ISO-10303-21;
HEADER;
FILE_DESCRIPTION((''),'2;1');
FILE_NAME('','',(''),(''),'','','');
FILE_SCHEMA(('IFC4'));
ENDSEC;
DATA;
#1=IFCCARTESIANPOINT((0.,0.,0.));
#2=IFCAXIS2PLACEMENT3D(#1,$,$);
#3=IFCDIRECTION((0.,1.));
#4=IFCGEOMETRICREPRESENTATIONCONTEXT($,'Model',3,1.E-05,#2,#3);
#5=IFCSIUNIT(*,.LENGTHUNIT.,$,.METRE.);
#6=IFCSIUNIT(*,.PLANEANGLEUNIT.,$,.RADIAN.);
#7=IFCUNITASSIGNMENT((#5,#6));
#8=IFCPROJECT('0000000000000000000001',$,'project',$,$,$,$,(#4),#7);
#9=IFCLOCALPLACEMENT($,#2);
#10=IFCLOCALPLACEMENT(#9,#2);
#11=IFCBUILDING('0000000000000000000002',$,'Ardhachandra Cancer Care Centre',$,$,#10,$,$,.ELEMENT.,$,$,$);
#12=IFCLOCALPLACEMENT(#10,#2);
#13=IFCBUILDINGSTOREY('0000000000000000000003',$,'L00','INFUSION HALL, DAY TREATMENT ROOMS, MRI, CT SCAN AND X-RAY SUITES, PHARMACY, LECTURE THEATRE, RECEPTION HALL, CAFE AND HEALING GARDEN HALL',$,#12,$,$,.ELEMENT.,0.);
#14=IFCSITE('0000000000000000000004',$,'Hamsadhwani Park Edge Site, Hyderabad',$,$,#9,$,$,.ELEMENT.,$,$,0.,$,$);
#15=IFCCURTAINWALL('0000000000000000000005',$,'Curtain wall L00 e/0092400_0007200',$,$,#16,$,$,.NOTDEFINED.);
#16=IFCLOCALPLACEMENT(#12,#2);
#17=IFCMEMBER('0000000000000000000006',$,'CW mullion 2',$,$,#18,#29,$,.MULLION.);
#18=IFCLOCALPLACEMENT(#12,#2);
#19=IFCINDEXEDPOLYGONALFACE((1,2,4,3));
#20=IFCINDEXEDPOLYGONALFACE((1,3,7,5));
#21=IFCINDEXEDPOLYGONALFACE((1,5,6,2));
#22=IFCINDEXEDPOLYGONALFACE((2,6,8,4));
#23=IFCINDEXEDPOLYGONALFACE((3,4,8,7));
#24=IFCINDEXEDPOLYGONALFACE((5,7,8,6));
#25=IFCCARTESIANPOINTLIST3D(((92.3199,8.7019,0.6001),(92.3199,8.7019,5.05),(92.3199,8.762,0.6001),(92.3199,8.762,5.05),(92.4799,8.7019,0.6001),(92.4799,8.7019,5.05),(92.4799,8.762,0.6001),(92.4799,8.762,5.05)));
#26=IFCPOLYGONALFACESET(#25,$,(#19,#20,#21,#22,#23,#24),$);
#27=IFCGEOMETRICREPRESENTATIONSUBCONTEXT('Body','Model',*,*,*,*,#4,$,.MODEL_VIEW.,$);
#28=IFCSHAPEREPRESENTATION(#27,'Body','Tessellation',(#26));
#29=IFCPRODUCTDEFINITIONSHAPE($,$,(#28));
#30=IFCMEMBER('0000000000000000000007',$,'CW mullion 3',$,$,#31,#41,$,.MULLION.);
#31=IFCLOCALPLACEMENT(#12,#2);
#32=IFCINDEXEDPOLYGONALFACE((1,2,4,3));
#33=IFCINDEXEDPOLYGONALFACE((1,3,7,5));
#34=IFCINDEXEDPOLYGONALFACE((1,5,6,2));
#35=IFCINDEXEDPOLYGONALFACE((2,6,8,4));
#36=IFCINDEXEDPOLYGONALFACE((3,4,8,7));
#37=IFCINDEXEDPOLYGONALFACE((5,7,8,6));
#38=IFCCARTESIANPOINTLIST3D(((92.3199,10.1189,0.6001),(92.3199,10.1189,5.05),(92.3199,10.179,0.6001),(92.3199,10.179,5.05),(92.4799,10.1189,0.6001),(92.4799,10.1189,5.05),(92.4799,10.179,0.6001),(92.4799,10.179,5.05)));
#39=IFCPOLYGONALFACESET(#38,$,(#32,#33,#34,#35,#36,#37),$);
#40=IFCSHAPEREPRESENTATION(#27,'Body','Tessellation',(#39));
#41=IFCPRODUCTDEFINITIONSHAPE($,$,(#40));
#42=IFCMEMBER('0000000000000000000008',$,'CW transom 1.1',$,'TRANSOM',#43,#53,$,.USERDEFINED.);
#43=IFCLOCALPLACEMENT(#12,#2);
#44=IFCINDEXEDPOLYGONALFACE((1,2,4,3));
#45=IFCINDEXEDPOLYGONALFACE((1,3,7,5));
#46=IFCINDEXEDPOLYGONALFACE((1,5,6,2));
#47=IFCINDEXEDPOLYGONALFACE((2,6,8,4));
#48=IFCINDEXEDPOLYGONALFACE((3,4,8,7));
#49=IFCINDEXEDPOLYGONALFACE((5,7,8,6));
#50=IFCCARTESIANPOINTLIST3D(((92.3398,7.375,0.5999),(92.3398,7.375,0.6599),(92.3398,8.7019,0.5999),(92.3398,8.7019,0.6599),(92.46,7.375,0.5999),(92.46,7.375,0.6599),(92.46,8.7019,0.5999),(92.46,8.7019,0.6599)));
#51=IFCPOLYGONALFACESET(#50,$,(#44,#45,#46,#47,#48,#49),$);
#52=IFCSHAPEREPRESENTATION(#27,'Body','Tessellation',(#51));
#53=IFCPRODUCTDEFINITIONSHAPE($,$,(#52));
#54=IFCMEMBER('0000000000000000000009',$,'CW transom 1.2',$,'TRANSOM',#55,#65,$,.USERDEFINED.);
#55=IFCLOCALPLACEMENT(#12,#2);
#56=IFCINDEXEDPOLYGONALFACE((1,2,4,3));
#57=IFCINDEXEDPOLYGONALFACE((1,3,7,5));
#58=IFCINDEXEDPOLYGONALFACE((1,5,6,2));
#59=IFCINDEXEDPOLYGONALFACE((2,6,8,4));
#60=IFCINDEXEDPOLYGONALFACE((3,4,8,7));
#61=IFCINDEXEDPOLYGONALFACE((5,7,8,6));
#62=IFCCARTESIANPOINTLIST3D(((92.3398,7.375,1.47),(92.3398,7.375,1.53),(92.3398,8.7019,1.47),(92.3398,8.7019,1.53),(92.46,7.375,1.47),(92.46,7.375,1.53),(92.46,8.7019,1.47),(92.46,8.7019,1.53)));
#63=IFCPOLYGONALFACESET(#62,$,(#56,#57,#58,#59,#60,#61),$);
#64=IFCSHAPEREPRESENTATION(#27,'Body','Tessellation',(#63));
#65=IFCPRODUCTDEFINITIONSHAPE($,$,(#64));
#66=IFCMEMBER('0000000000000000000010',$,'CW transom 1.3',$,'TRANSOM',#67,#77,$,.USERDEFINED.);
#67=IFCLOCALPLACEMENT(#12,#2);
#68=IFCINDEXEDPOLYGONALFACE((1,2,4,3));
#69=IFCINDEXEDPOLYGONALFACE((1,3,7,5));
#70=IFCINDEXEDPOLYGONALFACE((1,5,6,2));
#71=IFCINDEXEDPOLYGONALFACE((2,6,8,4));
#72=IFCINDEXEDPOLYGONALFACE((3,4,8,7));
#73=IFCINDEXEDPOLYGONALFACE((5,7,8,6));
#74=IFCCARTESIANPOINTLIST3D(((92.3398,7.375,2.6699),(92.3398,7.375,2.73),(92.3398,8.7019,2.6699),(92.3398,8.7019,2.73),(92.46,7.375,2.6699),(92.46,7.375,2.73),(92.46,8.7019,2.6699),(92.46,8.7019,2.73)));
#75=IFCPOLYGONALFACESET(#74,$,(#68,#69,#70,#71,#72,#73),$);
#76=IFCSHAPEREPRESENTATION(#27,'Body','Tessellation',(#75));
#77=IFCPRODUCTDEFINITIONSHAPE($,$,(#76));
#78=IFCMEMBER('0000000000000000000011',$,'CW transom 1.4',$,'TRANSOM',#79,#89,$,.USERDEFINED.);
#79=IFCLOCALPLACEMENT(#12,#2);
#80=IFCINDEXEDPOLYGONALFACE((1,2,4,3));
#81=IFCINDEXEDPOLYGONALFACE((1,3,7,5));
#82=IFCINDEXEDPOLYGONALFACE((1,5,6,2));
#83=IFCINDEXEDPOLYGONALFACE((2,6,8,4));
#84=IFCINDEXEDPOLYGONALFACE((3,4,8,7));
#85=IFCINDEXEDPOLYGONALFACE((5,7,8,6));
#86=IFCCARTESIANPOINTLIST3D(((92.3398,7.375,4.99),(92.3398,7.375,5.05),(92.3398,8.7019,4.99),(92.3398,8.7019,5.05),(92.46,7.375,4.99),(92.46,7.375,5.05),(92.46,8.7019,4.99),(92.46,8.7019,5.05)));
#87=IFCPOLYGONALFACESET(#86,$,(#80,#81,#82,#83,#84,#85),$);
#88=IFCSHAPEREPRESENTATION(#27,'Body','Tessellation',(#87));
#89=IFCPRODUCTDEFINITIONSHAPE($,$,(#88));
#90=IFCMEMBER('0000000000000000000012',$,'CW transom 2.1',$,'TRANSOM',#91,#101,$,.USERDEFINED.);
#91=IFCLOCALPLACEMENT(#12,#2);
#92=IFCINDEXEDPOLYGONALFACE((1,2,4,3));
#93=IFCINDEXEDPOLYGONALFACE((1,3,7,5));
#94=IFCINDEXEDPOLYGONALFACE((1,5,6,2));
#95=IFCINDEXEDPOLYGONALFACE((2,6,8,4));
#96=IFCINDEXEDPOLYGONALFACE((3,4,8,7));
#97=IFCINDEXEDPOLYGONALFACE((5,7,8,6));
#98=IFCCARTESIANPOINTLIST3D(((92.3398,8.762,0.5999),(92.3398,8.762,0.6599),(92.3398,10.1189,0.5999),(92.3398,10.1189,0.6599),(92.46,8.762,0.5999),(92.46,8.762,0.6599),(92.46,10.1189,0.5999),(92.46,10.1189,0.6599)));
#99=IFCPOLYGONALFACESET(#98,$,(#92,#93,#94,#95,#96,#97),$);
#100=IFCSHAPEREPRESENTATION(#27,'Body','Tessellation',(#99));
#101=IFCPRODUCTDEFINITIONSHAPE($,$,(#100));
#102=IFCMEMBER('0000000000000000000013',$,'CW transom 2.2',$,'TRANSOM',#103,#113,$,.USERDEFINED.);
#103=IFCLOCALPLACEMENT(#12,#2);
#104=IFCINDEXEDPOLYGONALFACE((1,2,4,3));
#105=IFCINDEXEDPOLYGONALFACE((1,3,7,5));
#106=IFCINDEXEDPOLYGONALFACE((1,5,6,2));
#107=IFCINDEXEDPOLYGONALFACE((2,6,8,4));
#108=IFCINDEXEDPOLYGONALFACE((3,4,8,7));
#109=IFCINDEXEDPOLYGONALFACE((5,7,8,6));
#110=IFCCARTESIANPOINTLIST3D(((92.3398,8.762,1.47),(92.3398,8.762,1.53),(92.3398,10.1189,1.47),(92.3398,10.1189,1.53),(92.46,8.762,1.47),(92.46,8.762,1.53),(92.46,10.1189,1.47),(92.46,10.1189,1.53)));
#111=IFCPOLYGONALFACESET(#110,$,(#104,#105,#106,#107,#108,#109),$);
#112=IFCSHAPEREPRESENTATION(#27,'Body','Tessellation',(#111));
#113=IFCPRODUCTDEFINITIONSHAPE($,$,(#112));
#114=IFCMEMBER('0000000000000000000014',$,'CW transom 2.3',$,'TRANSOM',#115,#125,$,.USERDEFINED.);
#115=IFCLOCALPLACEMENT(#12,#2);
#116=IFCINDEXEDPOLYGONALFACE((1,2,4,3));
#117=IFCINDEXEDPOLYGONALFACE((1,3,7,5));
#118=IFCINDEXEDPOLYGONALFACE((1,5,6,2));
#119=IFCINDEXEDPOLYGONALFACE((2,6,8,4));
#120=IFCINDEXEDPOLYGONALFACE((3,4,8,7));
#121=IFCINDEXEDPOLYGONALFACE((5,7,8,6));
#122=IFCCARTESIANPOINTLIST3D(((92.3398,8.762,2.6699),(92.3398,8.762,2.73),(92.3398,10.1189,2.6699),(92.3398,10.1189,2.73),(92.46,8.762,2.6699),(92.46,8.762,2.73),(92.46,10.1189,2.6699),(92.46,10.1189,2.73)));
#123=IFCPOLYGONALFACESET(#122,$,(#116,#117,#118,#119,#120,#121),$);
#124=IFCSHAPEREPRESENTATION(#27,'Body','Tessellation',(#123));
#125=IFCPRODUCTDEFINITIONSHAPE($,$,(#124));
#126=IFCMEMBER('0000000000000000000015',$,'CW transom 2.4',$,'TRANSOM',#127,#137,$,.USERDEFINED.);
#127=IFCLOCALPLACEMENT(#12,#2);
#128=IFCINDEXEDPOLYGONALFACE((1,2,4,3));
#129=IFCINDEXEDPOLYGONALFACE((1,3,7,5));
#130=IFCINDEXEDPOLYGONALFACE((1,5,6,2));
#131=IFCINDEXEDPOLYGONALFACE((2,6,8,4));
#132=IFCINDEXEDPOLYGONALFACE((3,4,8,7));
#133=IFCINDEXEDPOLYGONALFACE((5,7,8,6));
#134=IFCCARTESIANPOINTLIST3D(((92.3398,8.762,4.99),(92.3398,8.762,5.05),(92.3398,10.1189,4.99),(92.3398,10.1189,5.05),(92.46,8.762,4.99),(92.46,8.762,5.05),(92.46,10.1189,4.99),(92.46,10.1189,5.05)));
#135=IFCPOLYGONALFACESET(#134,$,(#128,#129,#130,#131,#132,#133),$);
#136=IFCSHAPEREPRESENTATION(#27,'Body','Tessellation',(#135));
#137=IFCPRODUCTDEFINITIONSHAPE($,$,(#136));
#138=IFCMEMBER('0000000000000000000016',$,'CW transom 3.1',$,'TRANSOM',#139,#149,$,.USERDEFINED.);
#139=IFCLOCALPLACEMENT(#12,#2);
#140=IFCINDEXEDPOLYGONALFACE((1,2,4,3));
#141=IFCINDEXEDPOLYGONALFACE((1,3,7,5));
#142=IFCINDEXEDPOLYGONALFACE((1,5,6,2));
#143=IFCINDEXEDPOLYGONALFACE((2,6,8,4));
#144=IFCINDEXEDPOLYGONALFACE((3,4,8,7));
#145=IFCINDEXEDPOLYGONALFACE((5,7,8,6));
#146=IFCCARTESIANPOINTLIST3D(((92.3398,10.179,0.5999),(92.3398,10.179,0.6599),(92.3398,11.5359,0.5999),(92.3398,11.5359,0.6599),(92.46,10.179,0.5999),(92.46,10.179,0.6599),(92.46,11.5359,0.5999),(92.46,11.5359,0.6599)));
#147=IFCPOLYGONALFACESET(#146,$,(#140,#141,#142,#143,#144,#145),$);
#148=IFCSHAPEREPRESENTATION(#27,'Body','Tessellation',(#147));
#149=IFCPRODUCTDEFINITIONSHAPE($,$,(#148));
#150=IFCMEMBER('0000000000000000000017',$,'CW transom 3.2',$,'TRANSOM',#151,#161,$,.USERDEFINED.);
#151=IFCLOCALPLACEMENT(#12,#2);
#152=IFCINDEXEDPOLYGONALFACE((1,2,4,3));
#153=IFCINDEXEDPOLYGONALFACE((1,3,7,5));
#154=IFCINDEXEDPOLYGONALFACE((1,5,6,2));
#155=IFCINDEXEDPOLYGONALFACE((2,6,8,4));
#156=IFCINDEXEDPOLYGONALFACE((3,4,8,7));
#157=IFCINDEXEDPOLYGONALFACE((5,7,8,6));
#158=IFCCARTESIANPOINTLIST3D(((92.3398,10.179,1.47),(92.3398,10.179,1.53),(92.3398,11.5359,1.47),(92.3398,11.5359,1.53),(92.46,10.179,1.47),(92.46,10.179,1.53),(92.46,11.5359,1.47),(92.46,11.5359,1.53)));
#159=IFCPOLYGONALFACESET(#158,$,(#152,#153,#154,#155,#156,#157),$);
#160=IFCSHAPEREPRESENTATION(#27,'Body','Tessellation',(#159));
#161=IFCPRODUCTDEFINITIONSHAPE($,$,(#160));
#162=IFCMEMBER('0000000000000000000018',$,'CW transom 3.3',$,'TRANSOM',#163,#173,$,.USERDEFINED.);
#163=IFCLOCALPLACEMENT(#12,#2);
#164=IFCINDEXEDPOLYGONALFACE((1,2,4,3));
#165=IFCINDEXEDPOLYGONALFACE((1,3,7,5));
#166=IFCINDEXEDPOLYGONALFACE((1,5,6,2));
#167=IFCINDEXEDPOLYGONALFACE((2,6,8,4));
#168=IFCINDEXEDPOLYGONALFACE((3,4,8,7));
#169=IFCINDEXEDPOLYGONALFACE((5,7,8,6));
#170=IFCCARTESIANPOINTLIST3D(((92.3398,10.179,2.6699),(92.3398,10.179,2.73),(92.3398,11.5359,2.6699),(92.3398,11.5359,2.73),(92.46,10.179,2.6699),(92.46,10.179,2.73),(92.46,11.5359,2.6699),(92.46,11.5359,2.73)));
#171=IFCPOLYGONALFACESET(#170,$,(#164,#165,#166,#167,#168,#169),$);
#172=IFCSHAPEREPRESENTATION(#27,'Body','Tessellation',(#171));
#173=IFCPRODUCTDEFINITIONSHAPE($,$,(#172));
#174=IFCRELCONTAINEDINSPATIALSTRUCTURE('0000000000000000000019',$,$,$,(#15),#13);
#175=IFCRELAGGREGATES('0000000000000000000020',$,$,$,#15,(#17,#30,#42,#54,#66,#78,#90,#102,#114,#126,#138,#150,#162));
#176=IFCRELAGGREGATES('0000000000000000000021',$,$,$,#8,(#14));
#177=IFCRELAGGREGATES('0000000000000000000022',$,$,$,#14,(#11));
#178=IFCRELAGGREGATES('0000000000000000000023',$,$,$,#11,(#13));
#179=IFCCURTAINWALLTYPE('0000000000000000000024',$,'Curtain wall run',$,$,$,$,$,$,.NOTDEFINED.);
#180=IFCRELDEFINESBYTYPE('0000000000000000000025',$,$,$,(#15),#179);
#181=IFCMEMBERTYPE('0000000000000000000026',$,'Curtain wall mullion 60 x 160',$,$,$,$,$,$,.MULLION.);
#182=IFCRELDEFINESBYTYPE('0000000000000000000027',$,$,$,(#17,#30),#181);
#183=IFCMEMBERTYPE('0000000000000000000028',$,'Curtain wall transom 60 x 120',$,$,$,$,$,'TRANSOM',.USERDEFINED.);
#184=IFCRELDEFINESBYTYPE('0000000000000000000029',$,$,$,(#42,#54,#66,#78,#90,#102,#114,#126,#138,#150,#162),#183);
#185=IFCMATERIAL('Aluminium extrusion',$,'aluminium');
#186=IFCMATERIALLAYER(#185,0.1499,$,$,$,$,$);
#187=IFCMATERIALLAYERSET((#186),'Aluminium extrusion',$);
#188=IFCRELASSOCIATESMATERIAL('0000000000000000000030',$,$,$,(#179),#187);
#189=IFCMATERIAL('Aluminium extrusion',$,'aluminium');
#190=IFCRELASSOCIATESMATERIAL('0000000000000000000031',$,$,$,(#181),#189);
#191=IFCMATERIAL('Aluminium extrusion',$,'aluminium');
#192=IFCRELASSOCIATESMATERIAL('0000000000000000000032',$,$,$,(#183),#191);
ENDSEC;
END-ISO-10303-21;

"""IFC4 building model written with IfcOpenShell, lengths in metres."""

from ifc_helpers import new_model, si_unit, direction, frame, origin, origin_2d, place, context, subcontext, project, spatial, rectangle, extrude, material, layer, layer_set, material_profile, profile_set, type_object, element, aggregate, save


model = new_model("IFC4")

# Units and contexts
model_context = context("Model", 3, precision=1e-05, world=origin(), true_north=direction((0.0, 1.0)))
body_context = subcontext(model_context, "Body", "Model", "MODEL_VIEW")
ifc_project = project(units=[si_unit("LENGTHUNIT", "METRE"), si_unit("PLANEANGLEUNIT", "RADIAN")], contexts=[model_context])

# Site, building, storey
site_placement = place(None, origin())
site = spatial("IfcSite", under=ifc_project, at=site_placement, Name="Hamsadhwani Park Edge Site, Hyderabad", CompositionType="ELEMENT", RefElevation=0.0)
building_placement = place(site_placement, origin())
building = spatial("IfcBuilding", under=site, at=building_placement, Name="Ardhachandra Cancer Care Centre", CompositionType="ELEMENT")
storey_placement = place(building_placement, origin())
storey = spatial("IfcBuildingStorey", under=building, at=storey_placement, Name="L00", Description="INFUSION HALL, DAY TREATMENT ROOMS, MRI, CT SCAN AND X-RAY SUITES, PHARMACY, LECTURE THEATRE, RECEPTION HALL, CAFE AND HEALING GARDEN HALL", CompositionType="ELEMENT", Elevation=0.0)

# Shared definitions
ifc_material_1 = material(Name="Aluminium extrusion", Category="aluminium")
ifc_layer_1 = layer(ifc_material_1, 0.1499)
ifc_layer_set_1 = layer_set([ifc_layer_1], Name="Aluminium extrusion")
curtain_wall_type = type_object("IfcCurtainWallType", Name="Curtain wall run", PredefinedType="NOTDEFINED", material=ifc_layer_set_1)
ifc_material_2 = material(Name="Aluminium extrusion", Category="aluminium")
ifc_material_profile_1 = material_profile(ifc_material_2, rectangle(XDim=0.1599, YDim=0.0601, at=origin_2d()), Name="Curtain wall mullion 60 x 160")
ifc_profile_set_1 = profile_set([ifc_material_profile_1], Name="Aluminium extrusion")
member_type_1 = type_object("IfcMemberType", Name="Curtain wall mullion 60 x 160", PredefinedType="MULLION", material=ifc_profile_set_1)

# Curtain wall, members
curtain_wall_1_placement = place(storey_placement, origin())
curtain_wall_1 = element("IfcCurtainWall", 1, at=curtain_wall_1_placement, inside=storey, type_object=curtain_wall_type, Name="Curtain wall L00 e/0092400_0007200", PredefinedType="NOTDEFINED")
member_1_placement = place(storey_placement, frame((92.3999, 8.7319, 0.6001), z_axis=(0.0, 0.0, 1.0), x_axis=(-1.0, 0.0, 0.0)))
member_1 = element("IfcMember", 2, at=member_1_placement, type_object=member_type_1, Name="CW mullion 2", PredefinedType="MULLION", context=body_context, shape_type="SweptSolid", body=[
    extrude(rectangle(XDim=0.1599, YDim=0.0601, at=origin_2d()), origin(), (0.0, 0.0, 1.0), 4.45),
])
member_2_placement = place(storey_placement, frame((92.3999, 10.1489, 0.6001), z_axis=(0.0, 0.0, 1.0), x_axis=(-1.0, 0.0, 0.0)))
member_2 = element("IfcMember", 3, at=member_2_placement, type_object=member_type_1, Name="CW mullion 3", PredefinedType="MULLION", context=body_context, shape_type="SweptSolid", body=[
    extrude(rectangle(XDim=0.1599, YDim=0.0601, at=origin_2d()), origin(), (0.0, 0.0, 1.0), 4.45),
])
ifc_material_3 = material(Name="Aluminium extrusion", Category="aluminium")
ifc_material_profile_2 = material_profile(ifc_material_3, rectangle(XDim=0.1201, YDim=0.0601, at=origin_2d()), Name="Curtain wall transom 60 x 120")
ifc_profile_set_2 = profile_set([ifc_material_profile_2], Name="Aluminium extrusion")
member_type_2 = type_object("IfcMemberType", Name="Curtain wall transom 60 x 120", ElementType="TRANSOM", PredefinedType="USERDEFINED", material=ifc_profile_set_2)
member_3_placement = place(storey_placement, frame((92.3999, 7.375, 0.6299), z_axis=(0.0, 1.0, 0.0), x_axis=(-1.0, 0.0, 0.0)))
member_3 = element("IfcMember", 4, at=member_3_placement, type_object=member_type_2, Name="CW transom 1.1", ObjectType="TRANSOM", PredefinedType="USERDEFINED", context=body_context, shape_type="SweptSolid", body=[
    extrude(rectangle(XDim=0.1201, YDim=0.0601, at=origin_2d()), origin(), (0.0, 0.0, 1.0), 1.3269),
])
member_4_placement = place(storey_placement, frame((92.3999, 7.375, 1.5), z_axis=(0.0, 1.0, 0.0), x_axis=(-1.0, 0.0, 0.0)))
member_4 = element("IfcMember", 5, at=member_4_placement, type_object=member_type_2, Name="CW transom 1.2", ObjectType="TRANSOM", PredefinedType="USERDEFINED", context=body_context, shape_type="SweptSolid", body=[
    extrude(rectangle(XDim=0.1201, YDim=0.0601, at=origin_2d()), origin(), (0.0, 0.0, 1.0), 1.3269),
])
member_5_placement = place(storey_placement, frame((92.3999, 7.375, 2.7), z_axis=(0.0, 1.0, 0.0), x_axis=(-1.0, 0.0, 0.0)))
member_5 = element("IfcMember", 6, at=member_5_placement, type_object=member_type_2, Name="CW transom 1.3", ObjectType="TRANSOM", PredefinedType="USERDEFINED", context=body_context, shape_type="SweptSolid", body=[
    extrude(rectangle(XDim=0.1201, YDim=0.0601, at=origin_2d()), origin(), (0.0, 0.0, 1.0), 1.3269),
])
member_6_placement = place(storey_placement, frame((92.3999, 7.375, 5.02), z_axis=(0.0, 1.0, 0.0), x_axis=(-1.0, 0.0, 0.0)))
member_6 = element("IfcMember", 7, at=member_6_placement, type_object=member_type_2, Name="CW transom 1.4", ObjectType="TRANSOM", PredefinedType="USERDEFINED", context=body_context, shape_type="SweptSolid", body=[
    extrude(rectangle(XDim=0.1201, YDim=0.0601, at=origin_2d()), origin(), (0.0, 0.0, 1.0), 1.3269),
])
member_7_placement = place(storey_placement, frame((92.3999, 8.762, 0.6299), z_axis=(0.0, 1.0, 0.0), x_axis=(-1.0, 0.0, 0.0)))
member_7 = element("IfcMember", 8, at=member_7_placement, type_object=member_type_2, Name="CW transom 2.1", ObjectType="TRANSOM", PredefinedType="USERDEFINED", context=body_context, shape_type="SweptSolid", body=[
    extrude(rectangle(XDim=0.1201, YDim=0.0601, at=origin_2d()), origin(), (0.0, 0.0, 1.0), 1.3569),
])
member_8_placement = place(storey_placement, frame((92.3999, 8.762, 1.5), z_axis=(0.0, 1.0, 0.0), x_axis=(-1.0, 0.0, 0.0)))
member_8 = element("IfcMember", 9, at=member_8_placement, type_object=member_type_2, Name="CW transom 2.2", ObjectType="TRANSOM", PredefinedType="USERDEFINED", context=body_context, shape_type="SweptSolid", body=[
    extrude(rectangle(XDim=0.1201, YDim=0.0601, at=origin_2d()), origin(), (0.0, 0.0, 1.0), 1.3569),
])
member_9_placement = place(storey_placement, frame((92.3999, 8.762, 2.7), z_axis=(0.0, 1.0, 0.0), x_axis=(-1.0, 0.0, 0.0)))
member_9 = element("IfcMember", 10, at=member_9_placement, type_object=member_type_2, Name="CW transom 2.3", ObjectType="TRANSOM", PredefinedType="USERDEFINED", context=body_context, shape_type="SweptSolid", body=[
    extrude(rectangle(XDim=0.1201, YDim=0.0601, at=origin_2d()), origin(), (0.0, 0.0, 1.0), 1.3569),
])
member_10_placement = place(storey_placement, frame((92.3999, 8.762, 5.02), z_axis=(0.0, 1.0, 0.0), x_axis=(-1.0, 0.0, 0.0)))
member_10 = element("IfcMember", 11, at=member_10_placement, type_object=member_type_2, Name="CW transom 2.4", ObjectType="TRANSOM", PredefinedType="USERDEFINED", context=body_context, shape_type="SweptSolid", body=[
    extrude(rectangle(XDim=0.1201, YDim=0.0601, at=origin_2d()), origin(), (0.0, 0.0, 1.0), 1.3569),
])
member_11_placement = place(storey_placement, frame((92.3999, 10.179, 0.6299), z_axis=(0.0, 1.0, 0.0), x_axis=(-1.0, 0.0, 0.0)))
member_11 = element("IfcMember", 12, at=member_11_placement, type_object=member_type_2, Name="CW transom 3.1", ObjectType="TRANSOM", PredefinedType="USERDEFINED", context=body_context, shape_type="SweptSolid", body=[
    extrude(rectangle(XDim=0.1201, YDim=0.0601, at=origin_2d()), origin(), (0.0, 0.0, 1.0), 1.3569),
])
member_12_placement = place(storey_placement, frame((92.3999, 10.179, 1.5), z_axis=(0.0, 1.0, 0.0), x_axis=(-1.0, 0.0, 0.0)))
member_12 = element("IfcMember", 13, at=member_12_placement, type_object=member_type_2, Name="CW transom 3.2", ObjectType="TRANSOM", PredefinedType="USERDEFINED", context=body_context, shape_type="SweptSolid", body=[
    extrude(rectangle(XDim=0.1201, YDim=0.0601, at=origin_2d()), origin(), (0.0, 0.0, 1.0), 1.3569),
])
member_13_placement = place(storey_placement, frame((92.3999, 10.179, 2.7), z_axis=(0.0, 1.0, 0.0), x_axis=(-1.0, 0.0, 0.0)))
member_13 = element("IfcMember", 14, at=member_13_placement, type_object=member_type_2, Name="CW transom 3.3", ObjectType="TRANSOM", PredefinedType="USERDEFINED", context=body_context, shape_type="SweptSolid", body=[
    extrude(rectangle(XDim=0.1201, YDim=0.0601, at=origin_2d()), origin(), (0.0, 0.0, 1.0), 1.3569),
])

aggregate(curtain_wall_1, [member_1, member_2, member_3, member_4, member_5, member_6, member_7, member_8, member_9, member_10, member_11, member_12, member_13])

save(model, "model.ifc")
